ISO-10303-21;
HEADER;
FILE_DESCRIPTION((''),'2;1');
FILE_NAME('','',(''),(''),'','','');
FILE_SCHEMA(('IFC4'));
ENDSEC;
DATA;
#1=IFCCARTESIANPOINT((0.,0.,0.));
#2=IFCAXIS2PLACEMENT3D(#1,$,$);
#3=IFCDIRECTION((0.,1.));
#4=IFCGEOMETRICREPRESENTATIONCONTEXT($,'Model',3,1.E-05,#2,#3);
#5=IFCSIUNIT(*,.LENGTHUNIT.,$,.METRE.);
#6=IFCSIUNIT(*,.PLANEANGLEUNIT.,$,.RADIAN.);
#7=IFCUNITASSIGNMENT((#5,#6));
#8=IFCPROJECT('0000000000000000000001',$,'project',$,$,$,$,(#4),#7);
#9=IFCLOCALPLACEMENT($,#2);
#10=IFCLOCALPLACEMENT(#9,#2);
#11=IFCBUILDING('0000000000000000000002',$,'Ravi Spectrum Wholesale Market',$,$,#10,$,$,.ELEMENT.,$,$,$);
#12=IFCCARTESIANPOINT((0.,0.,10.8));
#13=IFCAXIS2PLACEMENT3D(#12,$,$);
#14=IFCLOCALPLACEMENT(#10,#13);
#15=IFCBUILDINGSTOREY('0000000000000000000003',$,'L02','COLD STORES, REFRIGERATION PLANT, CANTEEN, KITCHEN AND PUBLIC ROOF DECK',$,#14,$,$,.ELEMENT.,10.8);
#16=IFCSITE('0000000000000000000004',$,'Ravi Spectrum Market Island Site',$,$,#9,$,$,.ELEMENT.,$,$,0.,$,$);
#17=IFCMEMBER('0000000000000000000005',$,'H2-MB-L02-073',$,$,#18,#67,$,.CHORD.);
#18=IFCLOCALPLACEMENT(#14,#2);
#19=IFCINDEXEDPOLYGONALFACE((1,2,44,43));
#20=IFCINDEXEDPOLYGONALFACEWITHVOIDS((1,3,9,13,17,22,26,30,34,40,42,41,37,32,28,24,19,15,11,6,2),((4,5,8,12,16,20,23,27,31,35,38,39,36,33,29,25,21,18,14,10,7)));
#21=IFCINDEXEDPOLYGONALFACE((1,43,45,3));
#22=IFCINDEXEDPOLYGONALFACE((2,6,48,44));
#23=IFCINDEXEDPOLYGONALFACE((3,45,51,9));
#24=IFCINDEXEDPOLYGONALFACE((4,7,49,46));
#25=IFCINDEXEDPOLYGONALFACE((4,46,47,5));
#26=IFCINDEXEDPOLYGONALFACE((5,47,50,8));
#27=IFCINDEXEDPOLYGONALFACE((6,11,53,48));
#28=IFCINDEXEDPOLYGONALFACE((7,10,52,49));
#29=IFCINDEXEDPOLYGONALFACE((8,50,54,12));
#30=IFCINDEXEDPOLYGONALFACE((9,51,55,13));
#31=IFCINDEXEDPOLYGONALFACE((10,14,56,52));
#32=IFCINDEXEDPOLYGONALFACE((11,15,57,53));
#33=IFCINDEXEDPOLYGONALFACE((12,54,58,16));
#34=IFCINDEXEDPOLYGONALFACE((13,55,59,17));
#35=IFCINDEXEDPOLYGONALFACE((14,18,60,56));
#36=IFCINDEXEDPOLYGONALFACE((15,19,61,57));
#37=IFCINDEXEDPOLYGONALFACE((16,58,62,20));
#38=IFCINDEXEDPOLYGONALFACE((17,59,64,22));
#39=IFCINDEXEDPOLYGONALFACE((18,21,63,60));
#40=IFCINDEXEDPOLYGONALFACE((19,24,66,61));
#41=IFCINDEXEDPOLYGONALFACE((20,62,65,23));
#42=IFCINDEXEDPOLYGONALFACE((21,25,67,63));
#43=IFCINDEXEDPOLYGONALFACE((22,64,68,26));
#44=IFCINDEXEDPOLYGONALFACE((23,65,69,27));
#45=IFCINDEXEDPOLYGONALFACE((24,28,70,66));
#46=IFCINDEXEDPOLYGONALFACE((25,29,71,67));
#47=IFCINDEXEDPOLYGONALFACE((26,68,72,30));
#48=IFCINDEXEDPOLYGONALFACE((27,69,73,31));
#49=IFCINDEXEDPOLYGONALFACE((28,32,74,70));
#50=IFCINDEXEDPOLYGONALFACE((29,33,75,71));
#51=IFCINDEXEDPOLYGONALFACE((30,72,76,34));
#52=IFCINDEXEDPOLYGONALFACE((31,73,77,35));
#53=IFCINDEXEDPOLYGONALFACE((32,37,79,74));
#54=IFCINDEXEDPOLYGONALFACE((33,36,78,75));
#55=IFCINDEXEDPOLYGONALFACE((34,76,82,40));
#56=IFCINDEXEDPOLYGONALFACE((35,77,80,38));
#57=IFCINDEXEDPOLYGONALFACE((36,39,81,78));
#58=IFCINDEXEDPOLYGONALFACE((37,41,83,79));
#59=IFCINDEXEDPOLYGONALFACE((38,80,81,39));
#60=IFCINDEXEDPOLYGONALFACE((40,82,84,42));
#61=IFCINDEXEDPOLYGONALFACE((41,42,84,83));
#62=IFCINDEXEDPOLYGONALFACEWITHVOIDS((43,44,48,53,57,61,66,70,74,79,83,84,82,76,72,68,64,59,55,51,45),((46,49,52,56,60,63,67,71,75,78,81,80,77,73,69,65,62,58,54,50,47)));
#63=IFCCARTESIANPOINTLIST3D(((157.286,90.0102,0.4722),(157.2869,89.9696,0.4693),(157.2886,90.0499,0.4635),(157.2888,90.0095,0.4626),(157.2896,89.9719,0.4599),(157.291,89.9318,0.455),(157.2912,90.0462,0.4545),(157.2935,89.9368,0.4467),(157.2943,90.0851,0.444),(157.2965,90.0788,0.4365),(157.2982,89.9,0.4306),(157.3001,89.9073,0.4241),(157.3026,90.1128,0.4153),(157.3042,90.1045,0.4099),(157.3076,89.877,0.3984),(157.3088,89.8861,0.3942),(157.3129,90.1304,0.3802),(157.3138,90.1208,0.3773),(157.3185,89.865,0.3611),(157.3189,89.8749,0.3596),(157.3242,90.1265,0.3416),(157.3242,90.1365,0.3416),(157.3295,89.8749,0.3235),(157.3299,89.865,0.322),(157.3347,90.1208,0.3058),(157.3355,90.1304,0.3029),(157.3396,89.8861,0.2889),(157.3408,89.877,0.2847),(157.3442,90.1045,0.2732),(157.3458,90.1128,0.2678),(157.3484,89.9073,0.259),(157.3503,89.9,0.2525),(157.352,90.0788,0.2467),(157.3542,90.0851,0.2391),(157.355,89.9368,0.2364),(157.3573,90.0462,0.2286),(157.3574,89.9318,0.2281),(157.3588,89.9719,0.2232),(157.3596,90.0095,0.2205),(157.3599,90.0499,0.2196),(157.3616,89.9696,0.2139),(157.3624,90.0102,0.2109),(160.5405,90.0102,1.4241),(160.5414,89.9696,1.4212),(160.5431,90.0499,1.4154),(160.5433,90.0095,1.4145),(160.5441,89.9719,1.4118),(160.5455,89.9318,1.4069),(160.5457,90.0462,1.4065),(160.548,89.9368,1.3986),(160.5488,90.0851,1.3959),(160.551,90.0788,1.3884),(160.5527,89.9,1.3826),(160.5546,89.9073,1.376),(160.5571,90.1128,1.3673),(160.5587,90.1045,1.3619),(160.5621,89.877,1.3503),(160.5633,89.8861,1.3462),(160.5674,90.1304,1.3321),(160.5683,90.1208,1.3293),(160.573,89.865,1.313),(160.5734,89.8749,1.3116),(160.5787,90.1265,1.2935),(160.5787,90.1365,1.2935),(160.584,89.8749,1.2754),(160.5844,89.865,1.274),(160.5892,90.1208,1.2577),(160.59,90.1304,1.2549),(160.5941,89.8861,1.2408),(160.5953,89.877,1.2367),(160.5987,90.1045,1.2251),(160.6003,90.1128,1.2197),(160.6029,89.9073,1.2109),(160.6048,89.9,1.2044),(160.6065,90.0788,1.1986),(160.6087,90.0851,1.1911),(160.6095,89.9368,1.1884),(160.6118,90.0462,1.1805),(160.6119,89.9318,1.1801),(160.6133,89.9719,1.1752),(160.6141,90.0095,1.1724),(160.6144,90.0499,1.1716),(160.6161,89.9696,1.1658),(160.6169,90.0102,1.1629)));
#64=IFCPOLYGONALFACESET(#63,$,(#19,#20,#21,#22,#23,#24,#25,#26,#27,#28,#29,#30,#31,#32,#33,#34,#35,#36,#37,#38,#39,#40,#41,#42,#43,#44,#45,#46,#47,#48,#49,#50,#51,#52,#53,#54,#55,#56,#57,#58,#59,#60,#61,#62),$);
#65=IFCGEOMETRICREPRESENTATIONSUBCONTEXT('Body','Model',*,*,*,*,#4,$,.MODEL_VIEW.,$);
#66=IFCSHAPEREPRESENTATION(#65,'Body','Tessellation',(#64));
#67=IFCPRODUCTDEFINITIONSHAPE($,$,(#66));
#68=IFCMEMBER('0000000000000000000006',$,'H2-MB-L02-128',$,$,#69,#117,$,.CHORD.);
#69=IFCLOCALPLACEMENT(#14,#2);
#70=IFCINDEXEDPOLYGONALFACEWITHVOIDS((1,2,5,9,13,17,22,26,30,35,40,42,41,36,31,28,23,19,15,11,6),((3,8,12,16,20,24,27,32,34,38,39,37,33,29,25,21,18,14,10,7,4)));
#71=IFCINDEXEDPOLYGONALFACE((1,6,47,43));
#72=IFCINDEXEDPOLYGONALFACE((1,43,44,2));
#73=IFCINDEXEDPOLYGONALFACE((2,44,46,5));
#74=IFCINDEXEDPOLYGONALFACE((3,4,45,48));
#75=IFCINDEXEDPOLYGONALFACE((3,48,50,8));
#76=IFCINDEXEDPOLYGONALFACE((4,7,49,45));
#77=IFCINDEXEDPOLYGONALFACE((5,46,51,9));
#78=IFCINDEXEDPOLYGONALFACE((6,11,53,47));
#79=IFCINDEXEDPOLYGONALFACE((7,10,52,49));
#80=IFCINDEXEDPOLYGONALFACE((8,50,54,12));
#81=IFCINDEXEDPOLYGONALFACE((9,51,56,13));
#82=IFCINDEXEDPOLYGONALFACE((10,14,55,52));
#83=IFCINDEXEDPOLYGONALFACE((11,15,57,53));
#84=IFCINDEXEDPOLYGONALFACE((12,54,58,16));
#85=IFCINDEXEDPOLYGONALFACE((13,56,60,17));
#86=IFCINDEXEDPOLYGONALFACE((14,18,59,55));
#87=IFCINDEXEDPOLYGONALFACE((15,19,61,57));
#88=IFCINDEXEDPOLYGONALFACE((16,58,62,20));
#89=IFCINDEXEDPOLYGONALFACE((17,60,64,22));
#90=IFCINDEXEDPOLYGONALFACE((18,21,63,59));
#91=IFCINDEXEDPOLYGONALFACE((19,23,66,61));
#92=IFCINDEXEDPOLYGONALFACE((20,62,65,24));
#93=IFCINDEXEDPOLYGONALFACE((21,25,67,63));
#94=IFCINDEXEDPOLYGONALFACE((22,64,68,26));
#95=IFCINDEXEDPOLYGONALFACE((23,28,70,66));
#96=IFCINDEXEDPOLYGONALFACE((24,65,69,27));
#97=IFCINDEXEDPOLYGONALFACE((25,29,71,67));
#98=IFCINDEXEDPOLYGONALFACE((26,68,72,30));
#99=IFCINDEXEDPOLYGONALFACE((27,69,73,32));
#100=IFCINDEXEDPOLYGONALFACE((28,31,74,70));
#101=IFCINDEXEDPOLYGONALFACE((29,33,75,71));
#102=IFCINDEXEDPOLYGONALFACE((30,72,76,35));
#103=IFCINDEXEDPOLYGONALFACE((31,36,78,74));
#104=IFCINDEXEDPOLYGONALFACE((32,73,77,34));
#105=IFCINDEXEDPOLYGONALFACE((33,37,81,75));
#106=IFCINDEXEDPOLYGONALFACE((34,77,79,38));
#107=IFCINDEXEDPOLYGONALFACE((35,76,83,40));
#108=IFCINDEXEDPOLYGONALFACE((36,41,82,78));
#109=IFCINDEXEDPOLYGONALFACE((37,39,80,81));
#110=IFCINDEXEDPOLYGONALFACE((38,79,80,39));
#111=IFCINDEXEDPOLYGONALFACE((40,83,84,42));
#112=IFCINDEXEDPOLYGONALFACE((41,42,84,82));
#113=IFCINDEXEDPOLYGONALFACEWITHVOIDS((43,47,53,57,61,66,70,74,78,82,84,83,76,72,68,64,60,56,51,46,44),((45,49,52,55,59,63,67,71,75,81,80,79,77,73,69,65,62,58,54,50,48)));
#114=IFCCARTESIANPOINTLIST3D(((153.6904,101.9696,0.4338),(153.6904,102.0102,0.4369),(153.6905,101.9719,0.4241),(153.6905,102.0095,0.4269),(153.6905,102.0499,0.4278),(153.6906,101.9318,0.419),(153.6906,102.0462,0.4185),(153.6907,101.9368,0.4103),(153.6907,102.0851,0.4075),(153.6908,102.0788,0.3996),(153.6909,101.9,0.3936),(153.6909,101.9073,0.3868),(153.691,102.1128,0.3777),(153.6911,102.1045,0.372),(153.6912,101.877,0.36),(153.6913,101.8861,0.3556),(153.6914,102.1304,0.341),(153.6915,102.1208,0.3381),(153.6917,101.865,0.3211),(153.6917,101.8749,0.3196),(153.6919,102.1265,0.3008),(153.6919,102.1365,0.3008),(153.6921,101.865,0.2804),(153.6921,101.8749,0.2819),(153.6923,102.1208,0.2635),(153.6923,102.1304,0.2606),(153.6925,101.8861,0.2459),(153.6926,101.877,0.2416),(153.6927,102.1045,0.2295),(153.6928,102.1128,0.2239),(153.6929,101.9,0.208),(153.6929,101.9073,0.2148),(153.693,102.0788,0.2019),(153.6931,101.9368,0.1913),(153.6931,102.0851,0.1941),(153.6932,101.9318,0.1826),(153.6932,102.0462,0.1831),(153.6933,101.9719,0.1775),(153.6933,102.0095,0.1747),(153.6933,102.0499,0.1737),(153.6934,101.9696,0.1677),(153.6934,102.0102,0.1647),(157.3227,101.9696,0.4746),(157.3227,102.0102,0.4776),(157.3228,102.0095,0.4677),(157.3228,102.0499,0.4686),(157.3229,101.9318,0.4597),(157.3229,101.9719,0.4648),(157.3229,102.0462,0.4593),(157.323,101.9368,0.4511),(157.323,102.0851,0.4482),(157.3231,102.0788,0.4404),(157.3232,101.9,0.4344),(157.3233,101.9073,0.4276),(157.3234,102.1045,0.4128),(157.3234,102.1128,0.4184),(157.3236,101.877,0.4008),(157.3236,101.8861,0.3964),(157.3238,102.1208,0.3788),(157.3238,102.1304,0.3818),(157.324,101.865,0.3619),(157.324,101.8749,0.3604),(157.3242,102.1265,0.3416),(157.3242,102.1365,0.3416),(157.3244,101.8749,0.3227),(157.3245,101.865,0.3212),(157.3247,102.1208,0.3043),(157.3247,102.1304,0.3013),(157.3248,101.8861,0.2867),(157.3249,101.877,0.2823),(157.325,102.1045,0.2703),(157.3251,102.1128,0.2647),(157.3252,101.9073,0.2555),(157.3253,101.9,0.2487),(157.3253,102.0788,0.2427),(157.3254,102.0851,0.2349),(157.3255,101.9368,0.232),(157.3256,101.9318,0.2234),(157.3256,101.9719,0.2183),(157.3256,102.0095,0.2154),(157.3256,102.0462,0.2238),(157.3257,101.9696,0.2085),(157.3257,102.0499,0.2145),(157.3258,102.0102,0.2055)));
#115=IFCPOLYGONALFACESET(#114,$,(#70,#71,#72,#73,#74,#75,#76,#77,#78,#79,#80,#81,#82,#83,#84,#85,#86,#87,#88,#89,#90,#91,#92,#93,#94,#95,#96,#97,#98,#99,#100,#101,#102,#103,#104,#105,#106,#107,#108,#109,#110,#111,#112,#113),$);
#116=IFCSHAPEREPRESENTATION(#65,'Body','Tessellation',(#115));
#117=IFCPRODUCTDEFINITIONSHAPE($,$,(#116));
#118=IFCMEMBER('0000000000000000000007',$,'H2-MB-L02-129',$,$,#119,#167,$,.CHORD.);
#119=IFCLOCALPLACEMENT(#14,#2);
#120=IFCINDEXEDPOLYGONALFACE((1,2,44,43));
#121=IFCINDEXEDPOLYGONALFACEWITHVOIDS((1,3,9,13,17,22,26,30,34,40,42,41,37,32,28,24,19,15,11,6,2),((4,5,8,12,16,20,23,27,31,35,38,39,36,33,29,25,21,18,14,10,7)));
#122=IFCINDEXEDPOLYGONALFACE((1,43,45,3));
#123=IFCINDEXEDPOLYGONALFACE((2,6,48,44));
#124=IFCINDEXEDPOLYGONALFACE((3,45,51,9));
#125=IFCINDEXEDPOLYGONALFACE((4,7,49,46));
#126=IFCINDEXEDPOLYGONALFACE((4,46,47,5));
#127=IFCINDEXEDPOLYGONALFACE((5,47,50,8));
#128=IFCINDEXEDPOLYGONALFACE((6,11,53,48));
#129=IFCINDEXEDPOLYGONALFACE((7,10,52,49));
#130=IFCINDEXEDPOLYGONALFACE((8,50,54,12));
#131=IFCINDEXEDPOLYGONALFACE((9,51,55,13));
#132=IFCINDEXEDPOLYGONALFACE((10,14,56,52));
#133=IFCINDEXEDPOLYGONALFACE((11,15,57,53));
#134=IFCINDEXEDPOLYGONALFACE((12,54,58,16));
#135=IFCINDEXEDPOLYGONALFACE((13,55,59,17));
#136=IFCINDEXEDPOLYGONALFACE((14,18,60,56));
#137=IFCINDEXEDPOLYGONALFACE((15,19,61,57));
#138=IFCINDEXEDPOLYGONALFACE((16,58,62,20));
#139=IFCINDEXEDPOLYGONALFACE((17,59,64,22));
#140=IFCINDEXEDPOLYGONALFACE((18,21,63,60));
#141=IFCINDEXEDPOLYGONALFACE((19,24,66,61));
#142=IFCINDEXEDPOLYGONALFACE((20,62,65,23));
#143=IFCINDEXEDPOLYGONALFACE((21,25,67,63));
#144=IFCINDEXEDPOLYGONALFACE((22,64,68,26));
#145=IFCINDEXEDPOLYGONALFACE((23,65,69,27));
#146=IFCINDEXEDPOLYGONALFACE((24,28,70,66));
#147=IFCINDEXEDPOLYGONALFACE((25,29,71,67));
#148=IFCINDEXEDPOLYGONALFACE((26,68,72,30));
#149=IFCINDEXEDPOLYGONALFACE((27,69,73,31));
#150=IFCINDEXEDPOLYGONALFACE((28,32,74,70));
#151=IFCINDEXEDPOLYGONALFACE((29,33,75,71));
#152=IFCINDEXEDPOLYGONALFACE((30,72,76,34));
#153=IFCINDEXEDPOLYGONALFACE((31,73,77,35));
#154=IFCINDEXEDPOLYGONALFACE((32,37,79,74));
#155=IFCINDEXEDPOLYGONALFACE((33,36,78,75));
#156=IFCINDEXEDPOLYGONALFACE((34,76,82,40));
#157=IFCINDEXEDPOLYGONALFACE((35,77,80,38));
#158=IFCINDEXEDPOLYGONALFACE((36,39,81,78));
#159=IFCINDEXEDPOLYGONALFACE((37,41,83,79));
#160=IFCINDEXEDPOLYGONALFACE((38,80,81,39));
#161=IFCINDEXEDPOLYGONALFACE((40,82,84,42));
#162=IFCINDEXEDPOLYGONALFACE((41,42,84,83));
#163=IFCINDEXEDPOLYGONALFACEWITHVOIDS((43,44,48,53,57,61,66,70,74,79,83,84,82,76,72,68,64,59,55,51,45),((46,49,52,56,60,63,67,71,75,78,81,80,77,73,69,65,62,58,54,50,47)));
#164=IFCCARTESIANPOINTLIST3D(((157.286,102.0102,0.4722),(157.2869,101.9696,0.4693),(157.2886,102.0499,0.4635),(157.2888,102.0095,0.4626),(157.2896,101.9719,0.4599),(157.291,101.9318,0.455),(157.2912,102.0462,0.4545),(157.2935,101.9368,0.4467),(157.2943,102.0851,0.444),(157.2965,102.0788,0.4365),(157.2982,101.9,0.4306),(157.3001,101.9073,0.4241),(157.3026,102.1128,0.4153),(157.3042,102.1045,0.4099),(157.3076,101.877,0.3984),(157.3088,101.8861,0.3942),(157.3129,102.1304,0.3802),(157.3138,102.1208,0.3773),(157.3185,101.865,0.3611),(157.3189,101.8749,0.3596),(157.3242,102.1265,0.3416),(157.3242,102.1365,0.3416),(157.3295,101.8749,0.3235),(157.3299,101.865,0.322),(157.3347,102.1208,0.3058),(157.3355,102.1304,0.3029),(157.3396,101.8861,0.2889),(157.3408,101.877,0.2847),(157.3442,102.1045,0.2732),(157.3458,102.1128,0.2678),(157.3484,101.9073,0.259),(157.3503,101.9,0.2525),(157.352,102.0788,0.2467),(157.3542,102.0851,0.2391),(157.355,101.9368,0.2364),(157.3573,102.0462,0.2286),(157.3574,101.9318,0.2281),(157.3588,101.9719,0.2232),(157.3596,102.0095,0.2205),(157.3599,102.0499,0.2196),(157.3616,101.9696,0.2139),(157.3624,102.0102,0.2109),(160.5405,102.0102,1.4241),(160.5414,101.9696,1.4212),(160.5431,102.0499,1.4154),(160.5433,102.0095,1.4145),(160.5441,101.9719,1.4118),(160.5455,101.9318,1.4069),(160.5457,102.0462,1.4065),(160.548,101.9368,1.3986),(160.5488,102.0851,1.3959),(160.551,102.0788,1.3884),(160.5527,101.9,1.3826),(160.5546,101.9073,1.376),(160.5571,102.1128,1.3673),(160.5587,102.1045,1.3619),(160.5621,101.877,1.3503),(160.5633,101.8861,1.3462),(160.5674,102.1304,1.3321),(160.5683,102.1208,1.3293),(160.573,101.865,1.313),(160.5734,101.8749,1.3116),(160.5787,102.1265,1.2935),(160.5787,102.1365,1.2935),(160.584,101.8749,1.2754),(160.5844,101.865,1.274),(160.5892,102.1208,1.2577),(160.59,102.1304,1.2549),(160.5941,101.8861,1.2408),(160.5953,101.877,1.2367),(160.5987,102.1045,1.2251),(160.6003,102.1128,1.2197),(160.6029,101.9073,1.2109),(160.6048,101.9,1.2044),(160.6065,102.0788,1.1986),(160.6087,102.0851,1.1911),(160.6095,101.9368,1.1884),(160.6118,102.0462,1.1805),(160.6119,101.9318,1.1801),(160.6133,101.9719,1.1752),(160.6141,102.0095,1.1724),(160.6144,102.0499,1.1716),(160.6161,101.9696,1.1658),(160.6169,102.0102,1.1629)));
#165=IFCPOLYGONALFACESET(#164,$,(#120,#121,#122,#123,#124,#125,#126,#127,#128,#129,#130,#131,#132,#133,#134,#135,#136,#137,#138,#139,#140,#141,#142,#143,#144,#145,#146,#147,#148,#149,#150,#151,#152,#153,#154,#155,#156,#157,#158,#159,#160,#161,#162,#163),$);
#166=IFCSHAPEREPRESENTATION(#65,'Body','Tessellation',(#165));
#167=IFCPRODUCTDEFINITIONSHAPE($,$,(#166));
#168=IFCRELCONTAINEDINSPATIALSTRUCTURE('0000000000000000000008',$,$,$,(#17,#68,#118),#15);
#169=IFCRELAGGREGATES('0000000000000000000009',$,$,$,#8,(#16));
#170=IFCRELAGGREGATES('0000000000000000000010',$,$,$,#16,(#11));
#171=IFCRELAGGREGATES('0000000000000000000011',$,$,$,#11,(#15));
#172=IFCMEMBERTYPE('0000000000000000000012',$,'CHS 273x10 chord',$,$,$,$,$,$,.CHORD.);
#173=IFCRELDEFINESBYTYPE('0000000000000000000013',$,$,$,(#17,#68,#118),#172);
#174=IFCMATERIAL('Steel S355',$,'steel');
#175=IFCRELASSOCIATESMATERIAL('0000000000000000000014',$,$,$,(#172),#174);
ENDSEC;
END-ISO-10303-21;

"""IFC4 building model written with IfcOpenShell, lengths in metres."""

from ifc_helpers import new_model, si_unit, direction, frame, origin, origin_2d, place, context, subcontext, project, spatial, hollow_circle, extrude, material, material_profile, profile_set, type_object, element, save


model = new_model("IFC4")

# Units and contexts
model_context = context("Model", 3, precision=1e-05, world=origin(), true_north=direction((0.0, 1.0)))
body_context = subcontext(model_context, "Body", "Model", "MODEL_VIEW")
ifc_project = project(units=[si_unit("LENGTHUNIT", "METRE"), si_unit("PLANEANGLEUNIT", "RADIAN")], contexts=[model_context])

# Site, building, storey
site_placement = place(None, origin())
site = spatial("IfcSite", under=ifc_project, at=site_placement, Name="Ravi Spectrum Market Island Site", CompositionType="ELEMENT", RefElevation=0.0)
building_placement = place(site_placement, origin())
building = spatial("IfcBuilding", under=site, at=building_placement, Name="Ravi Spectrum Wholesale Market", CompositionType="ELEMENT")
storey_placement = place(building_placement, frame((0.0, 0.0, 10.8)))
storey = spatial("IfcBuildingStorey", under=building, at=storey_placement, Name="L02", Description="COLD STORES, REFRIGERATION PLANT, CANTEEN, KITCHEN AND PUBLIC ROOF DECK", CompositionType="ELEMENT", Elevation=10.8)

# Members
ifc_material_1 = material(Name="Steel S355", Category="steel")
ifc_material_profile_1 = material_profile(ifc_material_1, hollow_circle(Radius=0.1365, WallThickness=0.01, at=origin_2d()))
ifc_profile_set_1 = profile_set([ifc_material_profile_1], Name="Steel S355")
member_type_1 = type_object("IfcMemberType", Name="CHS 273x10 chord", PredefinedType="CHORD", material=ifc_profile_set_1)
member_1_placement = place(storey_placement, frame((157.3242, 90.0, 0.3416), z_axis=(0.959785, 0.0, 0.280735), x_axis=(0.0, 1.0, 0.0)))
element("IfcMember", 1, at=member_1_placement, inside=storey, type_object=member_type_1, Name="H2-MB-L02-073", PredefinedType="CHORD", context=body_context, shape_type="SweptSolid", body=[
    extrude(hollow_circle(Radius=0.1365, WallThickness=0.01, at=origin_2d()), origin(), (0.0, 0.0, 1.0), 3.3909),
])
member_2_placement = place(storey_placement, frame((153.6919, 102.0, 0.3008), z_axis=(0.999937, 0.0, 0.011224), x_axis=(0.0, 1.0, 0.0)))
element("IfcMember", 2, at=member_2_placement, inside=storey, type_object=member_type_1, Name="H2-MB-L02-128", PredefinedType="CHORD", context=body_context, shape_type="SweptSolid", body=[
    extrude(hollow_circle(Radius=0.1365, WallThickness=0.01, at=origin_2d()), origin(), (0.0, 0.0, 1.0), 3.6326),
])
member_3_placement = place(storey_placement, frame((157.3242, 102.0, 0.3416), z_axis=(0.959785, 0.0, 0.280735), x_axis=(0.0, 1.0, 0.0)))
element("IfcMember", 3, at=member_3_placement, inside=storey, type_object=member_type_1, Name="H2-MB-L02-129", PredefinedType="CHORD", context=body_context, shape_type="SweptSolid", body=[
    extrude(hollow_circle(Radius=0.1365, WallThickness=0.01, at=origin_2d()), origin(), (0.0, 0.0, 1.0), 3.3909),
])

save(model, "model.ifc")
